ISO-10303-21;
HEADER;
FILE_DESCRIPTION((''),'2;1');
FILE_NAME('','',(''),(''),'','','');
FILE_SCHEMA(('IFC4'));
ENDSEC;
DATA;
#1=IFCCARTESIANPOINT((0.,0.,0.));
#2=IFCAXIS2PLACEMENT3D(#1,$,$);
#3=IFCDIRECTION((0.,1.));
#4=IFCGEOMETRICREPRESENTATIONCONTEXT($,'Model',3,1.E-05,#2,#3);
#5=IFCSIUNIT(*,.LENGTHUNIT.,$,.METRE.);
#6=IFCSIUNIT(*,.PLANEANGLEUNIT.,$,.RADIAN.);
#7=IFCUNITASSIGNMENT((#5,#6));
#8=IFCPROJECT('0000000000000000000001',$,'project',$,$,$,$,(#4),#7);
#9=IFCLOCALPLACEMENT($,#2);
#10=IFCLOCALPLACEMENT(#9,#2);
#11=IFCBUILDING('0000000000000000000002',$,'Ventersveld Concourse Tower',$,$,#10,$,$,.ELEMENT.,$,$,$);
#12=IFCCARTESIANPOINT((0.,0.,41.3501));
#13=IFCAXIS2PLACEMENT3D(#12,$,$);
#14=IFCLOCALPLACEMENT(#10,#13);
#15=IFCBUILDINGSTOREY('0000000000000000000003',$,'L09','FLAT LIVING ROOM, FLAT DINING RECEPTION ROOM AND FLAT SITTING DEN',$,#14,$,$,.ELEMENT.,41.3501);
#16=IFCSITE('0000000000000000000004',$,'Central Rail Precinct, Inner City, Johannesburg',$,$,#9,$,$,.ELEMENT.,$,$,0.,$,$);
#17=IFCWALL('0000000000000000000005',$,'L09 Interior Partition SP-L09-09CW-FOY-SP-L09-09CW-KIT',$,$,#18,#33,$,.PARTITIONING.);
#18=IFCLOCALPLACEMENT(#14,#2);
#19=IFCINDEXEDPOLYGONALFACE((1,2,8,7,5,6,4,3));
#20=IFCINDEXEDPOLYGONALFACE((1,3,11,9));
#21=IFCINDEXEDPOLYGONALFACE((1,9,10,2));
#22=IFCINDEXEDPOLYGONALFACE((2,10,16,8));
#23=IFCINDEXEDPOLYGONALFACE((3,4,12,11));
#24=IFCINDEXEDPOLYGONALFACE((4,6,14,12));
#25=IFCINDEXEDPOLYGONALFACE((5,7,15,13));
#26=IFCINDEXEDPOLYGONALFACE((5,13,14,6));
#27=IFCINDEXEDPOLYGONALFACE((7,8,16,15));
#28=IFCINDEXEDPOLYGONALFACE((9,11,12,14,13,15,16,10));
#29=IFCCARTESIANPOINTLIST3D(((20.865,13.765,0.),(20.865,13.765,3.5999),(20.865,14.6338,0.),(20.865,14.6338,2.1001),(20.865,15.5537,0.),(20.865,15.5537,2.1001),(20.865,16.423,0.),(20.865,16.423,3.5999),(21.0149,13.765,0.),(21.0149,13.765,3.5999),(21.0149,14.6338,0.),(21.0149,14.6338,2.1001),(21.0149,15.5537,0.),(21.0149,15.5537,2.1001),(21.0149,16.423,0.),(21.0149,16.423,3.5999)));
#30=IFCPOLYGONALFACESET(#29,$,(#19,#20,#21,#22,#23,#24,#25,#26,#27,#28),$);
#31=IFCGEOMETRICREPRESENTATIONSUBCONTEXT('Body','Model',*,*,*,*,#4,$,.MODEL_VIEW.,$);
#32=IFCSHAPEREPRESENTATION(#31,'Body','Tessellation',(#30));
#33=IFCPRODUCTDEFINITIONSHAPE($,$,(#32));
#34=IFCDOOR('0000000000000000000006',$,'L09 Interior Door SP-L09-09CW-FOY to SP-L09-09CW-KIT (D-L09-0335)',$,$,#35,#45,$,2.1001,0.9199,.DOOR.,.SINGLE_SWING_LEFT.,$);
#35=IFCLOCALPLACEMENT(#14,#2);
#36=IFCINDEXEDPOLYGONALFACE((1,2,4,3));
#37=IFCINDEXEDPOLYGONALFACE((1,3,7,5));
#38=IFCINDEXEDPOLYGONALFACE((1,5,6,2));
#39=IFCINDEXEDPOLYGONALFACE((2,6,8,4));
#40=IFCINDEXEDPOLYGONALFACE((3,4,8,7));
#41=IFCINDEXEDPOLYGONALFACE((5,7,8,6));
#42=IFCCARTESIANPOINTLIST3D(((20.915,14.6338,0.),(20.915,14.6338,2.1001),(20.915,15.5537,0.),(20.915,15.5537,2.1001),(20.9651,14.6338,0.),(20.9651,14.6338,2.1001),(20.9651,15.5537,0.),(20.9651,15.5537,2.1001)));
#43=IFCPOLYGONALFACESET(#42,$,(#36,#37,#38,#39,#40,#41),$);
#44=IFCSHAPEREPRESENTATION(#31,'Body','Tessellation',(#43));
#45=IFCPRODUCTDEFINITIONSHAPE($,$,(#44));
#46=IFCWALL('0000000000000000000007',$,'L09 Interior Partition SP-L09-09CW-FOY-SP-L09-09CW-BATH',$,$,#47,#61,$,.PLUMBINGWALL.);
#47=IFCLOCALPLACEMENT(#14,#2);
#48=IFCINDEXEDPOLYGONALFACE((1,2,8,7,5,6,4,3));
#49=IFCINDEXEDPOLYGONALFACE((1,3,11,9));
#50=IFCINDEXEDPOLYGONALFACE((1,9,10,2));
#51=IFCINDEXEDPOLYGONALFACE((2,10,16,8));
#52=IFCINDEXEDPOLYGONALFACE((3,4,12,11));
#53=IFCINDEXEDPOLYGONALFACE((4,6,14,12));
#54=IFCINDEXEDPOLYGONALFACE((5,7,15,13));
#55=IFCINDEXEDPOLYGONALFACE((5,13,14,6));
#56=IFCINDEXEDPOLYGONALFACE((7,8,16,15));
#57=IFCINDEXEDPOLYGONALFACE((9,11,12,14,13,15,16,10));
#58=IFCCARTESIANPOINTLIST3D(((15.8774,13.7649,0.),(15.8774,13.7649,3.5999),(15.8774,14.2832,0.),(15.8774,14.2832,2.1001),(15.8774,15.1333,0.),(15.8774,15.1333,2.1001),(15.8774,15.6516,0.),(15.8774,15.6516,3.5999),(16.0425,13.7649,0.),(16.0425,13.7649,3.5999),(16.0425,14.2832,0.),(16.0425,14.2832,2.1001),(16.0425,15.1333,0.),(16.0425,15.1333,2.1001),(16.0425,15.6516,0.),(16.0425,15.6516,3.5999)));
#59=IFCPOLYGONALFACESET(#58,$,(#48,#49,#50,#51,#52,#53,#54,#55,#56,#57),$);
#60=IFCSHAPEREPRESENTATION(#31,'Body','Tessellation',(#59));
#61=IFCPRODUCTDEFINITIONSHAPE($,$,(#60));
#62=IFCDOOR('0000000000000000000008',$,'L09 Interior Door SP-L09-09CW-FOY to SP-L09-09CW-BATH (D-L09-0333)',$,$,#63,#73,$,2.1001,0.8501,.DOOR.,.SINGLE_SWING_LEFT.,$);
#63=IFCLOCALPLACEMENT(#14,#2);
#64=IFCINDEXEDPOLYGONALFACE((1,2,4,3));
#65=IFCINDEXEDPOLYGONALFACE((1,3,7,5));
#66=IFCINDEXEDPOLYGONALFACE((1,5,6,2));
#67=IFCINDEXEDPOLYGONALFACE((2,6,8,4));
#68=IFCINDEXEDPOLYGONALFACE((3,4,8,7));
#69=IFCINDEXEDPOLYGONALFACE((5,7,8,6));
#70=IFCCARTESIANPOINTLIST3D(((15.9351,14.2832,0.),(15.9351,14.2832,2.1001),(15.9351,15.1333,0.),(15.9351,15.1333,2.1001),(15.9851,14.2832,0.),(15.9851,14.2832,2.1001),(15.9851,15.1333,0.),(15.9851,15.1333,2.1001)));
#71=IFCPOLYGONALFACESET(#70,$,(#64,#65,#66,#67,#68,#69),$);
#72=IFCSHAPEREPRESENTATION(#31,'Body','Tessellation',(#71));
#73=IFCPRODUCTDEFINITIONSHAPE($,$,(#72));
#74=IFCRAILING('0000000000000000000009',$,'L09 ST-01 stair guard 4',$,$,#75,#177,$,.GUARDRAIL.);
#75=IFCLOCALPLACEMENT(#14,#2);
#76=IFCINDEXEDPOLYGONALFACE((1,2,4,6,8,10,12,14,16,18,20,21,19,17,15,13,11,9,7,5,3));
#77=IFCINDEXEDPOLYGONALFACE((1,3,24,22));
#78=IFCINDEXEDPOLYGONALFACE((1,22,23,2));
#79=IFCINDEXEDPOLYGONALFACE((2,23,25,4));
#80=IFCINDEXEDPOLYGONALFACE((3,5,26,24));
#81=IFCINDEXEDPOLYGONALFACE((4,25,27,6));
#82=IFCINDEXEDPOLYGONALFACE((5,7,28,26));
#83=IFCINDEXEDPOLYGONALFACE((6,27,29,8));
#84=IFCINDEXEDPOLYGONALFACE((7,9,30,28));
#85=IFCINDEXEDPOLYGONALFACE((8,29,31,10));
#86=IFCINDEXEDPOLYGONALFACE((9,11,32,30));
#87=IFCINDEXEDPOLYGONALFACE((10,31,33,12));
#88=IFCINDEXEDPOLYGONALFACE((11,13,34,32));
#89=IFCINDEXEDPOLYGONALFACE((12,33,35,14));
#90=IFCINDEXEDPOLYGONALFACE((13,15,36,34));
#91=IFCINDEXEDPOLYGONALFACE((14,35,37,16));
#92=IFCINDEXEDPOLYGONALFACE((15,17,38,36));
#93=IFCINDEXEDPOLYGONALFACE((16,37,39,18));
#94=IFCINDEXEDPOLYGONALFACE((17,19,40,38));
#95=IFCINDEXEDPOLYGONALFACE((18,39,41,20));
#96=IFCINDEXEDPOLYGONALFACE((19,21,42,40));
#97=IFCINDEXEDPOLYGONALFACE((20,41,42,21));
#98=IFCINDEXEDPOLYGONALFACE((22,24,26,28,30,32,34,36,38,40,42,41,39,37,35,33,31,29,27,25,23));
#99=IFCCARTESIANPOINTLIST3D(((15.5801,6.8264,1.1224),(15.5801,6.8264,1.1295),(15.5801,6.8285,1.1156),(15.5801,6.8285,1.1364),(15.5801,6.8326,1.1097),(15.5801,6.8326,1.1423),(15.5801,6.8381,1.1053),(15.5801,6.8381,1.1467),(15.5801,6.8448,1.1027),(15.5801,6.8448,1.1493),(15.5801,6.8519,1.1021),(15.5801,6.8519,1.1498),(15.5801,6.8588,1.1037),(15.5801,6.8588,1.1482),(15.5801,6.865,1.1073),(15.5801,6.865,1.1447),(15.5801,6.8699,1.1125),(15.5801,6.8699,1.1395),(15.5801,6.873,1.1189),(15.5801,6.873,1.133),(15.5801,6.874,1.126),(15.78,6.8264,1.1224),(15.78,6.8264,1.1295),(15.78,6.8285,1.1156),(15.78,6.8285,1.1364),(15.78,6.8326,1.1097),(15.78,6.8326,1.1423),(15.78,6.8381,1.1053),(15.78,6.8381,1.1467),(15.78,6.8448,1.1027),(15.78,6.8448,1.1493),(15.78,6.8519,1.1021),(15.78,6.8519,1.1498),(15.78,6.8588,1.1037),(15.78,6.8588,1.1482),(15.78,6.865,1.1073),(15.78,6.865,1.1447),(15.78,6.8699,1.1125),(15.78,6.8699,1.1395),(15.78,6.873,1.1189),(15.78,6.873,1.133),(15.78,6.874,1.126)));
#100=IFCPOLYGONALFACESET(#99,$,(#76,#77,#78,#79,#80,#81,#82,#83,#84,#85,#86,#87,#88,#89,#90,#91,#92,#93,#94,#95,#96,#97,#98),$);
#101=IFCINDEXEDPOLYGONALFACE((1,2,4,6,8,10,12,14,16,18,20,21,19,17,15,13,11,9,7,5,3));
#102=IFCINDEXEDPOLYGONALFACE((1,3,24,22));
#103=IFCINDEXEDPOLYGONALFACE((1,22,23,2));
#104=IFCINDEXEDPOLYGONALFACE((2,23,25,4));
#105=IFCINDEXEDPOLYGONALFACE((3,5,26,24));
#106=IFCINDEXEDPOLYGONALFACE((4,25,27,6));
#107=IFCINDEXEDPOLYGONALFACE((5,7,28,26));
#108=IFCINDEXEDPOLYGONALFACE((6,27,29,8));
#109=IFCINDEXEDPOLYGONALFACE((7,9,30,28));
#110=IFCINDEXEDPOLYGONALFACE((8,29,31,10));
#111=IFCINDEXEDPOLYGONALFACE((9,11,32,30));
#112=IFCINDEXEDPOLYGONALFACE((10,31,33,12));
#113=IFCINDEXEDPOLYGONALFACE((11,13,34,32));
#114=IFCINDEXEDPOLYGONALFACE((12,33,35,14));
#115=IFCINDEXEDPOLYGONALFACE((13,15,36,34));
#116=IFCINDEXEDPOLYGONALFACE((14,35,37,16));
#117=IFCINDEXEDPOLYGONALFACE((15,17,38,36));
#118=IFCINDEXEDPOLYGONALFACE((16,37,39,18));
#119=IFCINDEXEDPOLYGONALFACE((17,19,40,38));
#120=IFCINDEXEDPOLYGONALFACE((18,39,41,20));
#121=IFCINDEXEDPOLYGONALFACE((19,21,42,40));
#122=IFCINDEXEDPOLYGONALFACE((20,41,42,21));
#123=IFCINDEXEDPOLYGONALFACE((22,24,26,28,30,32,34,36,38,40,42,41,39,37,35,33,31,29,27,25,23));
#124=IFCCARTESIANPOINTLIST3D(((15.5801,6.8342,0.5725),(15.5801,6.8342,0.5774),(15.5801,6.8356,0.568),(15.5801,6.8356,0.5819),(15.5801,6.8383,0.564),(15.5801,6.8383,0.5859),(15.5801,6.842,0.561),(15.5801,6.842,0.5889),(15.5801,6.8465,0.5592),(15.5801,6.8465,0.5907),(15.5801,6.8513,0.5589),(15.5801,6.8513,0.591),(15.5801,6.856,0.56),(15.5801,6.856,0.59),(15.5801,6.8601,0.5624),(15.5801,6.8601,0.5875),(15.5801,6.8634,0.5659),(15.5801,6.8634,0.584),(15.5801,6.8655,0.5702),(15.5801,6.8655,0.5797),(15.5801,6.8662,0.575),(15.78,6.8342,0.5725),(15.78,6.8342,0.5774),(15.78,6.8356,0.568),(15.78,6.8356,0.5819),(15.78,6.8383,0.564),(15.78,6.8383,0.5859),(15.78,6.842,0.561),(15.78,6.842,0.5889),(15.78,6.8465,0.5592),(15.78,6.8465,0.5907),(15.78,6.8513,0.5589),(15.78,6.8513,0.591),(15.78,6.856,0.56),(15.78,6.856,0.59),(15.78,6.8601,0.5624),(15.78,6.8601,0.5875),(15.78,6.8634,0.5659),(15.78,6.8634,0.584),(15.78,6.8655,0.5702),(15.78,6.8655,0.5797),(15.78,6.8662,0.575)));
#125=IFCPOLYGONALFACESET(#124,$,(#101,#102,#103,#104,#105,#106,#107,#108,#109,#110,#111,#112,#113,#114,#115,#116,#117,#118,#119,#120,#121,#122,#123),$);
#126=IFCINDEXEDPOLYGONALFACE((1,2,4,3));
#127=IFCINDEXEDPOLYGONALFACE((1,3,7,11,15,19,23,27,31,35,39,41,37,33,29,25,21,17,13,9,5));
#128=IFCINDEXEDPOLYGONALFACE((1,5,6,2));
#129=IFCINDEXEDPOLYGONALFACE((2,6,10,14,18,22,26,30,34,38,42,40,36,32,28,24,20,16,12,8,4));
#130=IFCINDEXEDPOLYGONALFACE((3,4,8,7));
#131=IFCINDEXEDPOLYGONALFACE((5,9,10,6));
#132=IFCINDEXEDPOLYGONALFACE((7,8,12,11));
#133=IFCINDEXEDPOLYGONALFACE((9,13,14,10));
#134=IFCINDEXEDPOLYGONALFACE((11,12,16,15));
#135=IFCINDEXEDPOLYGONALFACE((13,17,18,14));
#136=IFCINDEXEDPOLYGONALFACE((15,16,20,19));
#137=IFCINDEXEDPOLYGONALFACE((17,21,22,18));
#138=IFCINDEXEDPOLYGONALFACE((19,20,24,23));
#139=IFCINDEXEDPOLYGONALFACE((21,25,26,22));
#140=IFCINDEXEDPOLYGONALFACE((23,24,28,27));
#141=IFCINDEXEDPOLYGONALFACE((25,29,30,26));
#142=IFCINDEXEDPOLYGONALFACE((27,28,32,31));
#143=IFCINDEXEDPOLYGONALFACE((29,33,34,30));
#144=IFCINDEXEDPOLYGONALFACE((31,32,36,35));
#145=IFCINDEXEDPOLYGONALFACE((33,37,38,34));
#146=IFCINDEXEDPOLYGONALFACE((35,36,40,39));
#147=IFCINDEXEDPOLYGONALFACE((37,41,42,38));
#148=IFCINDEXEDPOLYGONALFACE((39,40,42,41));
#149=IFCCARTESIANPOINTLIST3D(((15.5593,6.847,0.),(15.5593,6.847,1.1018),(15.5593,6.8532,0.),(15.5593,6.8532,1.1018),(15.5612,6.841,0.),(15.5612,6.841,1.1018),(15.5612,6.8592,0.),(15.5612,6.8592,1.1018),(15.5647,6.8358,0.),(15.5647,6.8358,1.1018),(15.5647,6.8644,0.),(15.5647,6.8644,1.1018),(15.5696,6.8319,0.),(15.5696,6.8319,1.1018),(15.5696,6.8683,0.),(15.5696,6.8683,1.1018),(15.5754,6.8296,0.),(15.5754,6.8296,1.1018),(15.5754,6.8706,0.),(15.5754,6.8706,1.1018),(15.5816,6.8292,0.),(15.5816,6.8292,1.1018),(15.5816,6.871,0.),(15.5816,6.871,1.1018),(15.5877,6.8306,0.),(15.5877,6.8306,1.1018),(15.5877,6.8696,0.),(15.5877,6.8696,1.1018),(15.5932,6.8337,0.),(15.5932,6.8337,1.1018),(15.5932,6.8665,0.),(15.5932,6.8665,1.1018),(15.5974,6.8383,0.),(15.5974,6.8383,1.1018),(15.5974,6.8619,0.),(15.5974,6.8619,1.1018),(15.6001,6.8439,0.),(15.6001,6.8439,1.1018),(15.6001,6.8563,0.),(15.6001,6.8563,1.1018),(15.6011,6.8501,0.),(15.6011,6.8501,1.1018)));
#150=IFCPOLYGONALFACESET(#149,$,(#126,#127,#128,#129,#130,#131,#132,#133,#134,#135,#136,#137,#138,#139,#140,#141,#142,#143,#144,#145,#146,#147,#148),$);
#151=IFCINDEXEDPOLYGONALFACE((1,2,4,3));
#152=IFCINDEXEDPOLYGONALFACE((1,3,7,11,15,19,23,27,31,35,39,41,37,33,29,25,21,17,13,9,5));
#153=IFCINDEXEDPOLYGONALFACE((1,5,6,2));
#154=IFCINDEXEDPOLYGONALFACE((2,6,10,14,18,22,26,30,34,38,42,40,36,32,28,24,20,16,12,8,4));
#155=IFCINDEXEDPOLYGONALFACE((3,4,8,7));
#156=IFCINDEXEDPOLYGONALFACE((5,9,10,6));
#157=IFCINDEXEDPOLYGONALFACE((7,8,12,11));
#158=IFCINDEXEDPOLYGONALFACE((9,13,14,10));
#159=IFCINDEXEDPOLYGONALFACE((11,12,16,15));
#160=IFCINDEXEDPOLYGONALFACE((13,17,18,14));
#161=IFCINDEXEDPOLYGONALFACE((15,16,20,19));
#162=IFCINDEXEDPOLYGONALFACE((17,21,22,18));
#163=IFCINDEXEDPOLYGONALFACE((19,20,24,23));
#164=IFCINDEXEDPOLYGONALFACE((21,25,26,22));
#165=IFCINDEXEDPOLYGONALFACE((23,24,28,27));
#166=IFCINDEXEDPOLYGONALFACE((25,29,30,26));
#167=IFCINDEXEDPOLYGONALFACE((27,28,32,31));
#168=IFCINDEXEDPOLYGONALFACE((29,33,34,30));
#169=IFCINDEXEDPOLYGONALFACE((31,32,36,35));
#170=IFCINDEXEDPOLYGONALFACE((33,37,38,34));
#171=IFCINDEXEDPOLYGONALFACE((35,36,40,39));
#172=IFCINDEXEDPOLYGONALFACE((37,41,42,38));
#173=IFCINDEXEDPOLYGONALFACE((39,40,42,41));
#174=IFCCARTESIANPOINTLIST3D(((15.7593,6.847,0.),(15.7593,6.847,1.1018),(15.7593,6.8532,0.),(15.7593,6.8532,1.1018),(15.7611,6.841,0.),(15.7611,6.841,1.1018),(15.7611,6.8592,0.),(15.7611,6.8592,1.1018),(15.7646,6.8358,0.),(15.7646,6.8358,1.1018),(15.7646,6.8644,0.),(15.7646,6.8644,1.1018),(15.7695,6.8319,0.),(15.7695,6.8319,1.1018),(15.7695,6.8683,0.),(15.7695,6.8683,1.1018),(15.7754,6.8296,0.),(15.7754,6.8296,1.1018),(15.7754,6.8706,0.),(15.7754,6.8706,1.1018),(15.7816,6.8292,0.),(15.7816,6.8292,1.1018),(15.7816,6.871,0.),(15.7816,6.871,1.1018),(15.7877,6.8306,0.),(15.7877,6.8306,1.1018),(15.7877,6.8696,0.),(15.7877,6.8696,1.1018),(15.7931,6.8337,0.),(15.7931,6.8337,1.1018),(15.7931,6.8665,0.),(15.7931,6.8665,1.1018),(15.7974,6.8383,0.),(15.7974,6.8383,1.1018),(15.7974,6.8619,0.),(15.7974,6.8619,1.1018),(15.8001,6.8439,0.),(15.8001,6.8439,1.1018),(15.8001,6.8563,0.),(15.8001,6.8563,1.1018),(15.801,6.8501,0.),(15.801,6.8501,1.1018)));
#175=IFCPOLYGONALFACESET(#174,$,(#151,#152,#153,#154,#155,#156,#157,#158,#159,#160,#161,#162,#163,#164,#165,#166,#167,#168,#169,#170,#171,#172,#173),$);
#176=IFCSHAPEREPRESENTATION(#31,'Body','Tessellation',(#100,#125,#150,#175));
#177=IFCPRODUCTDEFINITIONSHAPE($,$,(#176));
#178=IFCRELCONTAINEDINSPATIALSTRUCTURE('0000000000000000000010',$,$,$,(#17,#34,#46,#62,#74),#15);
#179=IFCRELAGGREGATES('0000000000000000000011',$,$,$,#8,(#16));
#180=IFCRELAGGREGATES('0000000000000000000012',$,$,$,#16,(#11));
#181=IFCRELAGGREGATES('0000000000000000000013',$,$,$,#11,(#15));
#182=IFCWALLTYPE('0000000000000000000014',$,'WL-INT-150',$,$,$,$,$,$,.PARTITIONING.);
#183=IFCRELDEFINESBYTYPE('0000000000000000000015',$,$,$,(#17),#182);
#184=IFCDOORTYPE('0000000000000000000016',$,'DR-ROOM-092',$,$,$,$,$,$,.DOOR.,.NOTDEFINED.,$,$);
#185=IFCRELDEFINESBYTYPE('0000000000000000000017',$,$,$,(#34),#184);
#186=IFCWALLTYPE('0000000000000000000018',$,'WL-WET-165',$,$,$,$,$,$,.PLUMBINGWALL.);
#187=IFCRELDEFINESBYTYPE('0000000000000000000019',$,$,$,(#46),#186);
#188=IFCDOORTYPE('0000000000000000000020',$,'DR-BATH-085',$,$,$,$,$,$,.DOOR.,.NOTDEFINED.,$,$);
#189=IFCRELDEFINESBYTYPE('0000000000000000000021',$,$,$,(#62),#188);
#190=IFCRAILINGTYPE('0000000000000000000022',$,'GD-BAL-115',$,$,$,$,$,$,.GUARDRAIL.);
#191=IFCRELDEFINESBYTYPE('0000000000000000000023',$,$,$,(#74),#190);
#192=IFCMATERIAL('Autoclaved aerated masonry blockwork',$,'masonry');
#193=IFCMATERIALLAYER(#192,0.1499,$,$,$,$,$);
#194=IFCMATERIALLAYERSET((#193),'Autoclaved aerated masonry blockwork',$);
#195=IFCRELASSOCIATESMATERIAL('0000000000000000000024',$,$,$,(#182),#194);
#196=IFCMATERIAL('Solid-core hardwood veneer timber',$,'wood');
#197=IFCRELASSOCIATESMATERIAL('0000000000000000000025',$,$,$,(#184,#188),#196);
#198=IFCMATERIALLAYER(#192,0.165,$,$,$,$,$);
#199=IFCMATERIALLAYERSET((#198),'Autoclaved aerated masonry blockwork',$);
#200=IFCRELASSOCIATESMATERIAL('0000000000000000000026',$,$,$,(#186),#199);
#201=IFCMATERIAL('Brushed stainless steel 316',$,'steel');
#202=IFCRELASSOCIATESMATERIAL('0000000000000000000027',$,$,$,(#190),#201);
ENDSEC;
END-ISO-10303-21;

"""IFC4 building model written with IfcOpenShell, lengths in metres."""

from ifc_helpers import new_model, si_unit, direction, frame, frame_2d, origin, origin_2d, place, context, subcontext, project, spatial, rectangle, circle, extrude, material, layer, layer_set, type_object, element, fill, save


model = new_model("IFC4")

# Units and contexts
model_context = context("Model", 3, precision=1e-05, world=origin(), true_north=direction((0.0, 1.0)))
body_context = subcontext(model_context, "Body", "Model", "MODEL_VIEW")
ifc_project = project(units=[si_unit("LENGTHUNIT", "METRE"), si_unit("PLANEANGLEUNIT", "RADIAN")], contexts=[model_context])

# Site, building, storey
site_placement = place(None, origin())
site = spatial("IfcSite", under=ifc_project, at=site_placement, Name="Central Rail Precinct, Inner City, Johannesburg", CompositionType="ELEMENT", RefElevation=0.0)
building_placement = place(site_placement, origin())
building = spatial("IfcBuilding", under=site, at=building_placement, Name="Ventersveld Concourse Tower", CompositionType="ELEMENT")
storey_placement = place(building_placement, frame((0.0, 0.0, 41.3501)))
storey = spatial("IfcBuildingStorey", under=building, at=storey_placement, Name="L09", Description="FLAT LIVING ROOM, FLAT DINING RECEPTION ROOM AND FLAT SITTING DEN", CompositionType="ELEMENT", Elevation=41.3501)

# Shared definitions
ifc_material_1 = material(Name="Solid-core hardwood veneer timber", Category="wood")

# Shared definitions
ifc_material_2 = material(Name="Brushed stainless steel 316", Category="steel")

# Walls, openings, doors
ifc_material_3 = material(Name="Autoclaved aerated masonry blockwork", Category="masonry")
ifc_layer_1 = layer(ifc_material_3, 0.1499)
ifc_layer_set_1 = layer_set([ifc_layer_1], Name="Autoclaved aerated masonry blockwork")
wall_type_1 = type_object("IfcWallType", Name="WL-INT-150", PredefinedType="PARTITIONING", material=ifc_layer_set_1)
wall_1_placement = place(storey_placement, frame((20.9399, 13.7649, 0.0), z_axis=(0.0, 0.0, 1.0), x_axis=(0.0, 1.0, 0.0)))
wall_1 = element("IfcWall", 1, at=wall_1_placement, inside=storey, type_object=wall_type_1, Name="L09 Interior Partition SP-L09-09CW-FOY-SP-L09-09CW-KIT", PredefinedType="PARTITIONING", context=body_context, shape_type="SweptSolid", body=[
    extrude(rectangle(XDim=2.658, YDim=0.1499, at=frame_2d((1.3291, 0.0))), origin(), (0.0, 0.0, 1.0), 3.5999),
])
opening_1_placement = place(wall_1_placement, frame((0.8689, 0.0, 0.0)))
opening_1 = element("IfcOpeningElement", 2, at=opening_1_placement, cuts=wall_1, PredefinedType="OPENING", context=body_context, shape_type="SweptSolid", body=[
    extrude(rectangle(XDim=0.9199, YDim=2.1001, at=frame_2d((0.46, 1.05))), frame((0.0, 0.085, 0.0), z_axis=(0.0, -1.0, 0.0), x_axis=(1.0, 0.0, 0.0)), (0.0, 0.0, 1.0), 0.1699),
])
door_type_1 = type_object("IfcDoorType", Name="DR-ROOM-092", OperationType="NOTDEFINED", PredefinedType="DOOR", material=ifc_material_1)
door_1_placement = place(opening_1_placement, origin())
door_1 = element("IfcDoor", 3, at=door_1_placement, inside=storey, type_object=door_type_1, Name="L09 Interior Door SP-L09-09CW-FOY to SP-L09-09CW-KIT (D-L09-0335)", OperationType="SINGLE_SWING_LEFT", OverallHeight=2.1001, OverallWidth=0.9199, PredefinedType="DOOR", context=body_context, shape_type="SweptSolid", body=[
    extrude(rectangle(XDim=0.9199, YDim=2.1001, at=frame_2d((0.46, 1.05))), frame((0.0, 0.0249, 0.0), z_axis=(0.0, -1.0, 0.0), x_axis=(1.0, 0.0, 0.0)), (0.0, 0.0, 1.0), 0.05),
])
fill(opening_1, door_1)
ifc_layer_2 = layer(ifc_material_3, 0.165)
ifc_layer_set_2 = layer_set([ifc_layer_2], Name="Autoclaved aerated masonry blockwork")
wall_type_2 = type_object("IfcWallType", Name="WL-WET-165", PredefinedType="PLUMBINGWALL", material=ifc_layer_set_2)
wall_2_placement = place(storey_placement, frame((15.96, 13.7649, 0.0), z_axis=(0.0, 0.0, 1.0), x_axis=(0.0, 1.0, 0.0)))
wall_2 = element("IfcWall", 4, at=wall_2_placement, inside=storey, type_object=wall_type_2, Name="L09 Interior Partition SP-L09-09CW-FOY-SP-L09-09CW-BATH", PredefinedType="PLUMBINGWALL", context=body_context, shape_type="SweptSolid", body=[
    extrude(rectangle(XDim=1.8867, YDim=0.165, at=frame_2d((0.9434, 0.0))), origin(), (0.0, 0.0, 1.0), 3.5999),
])
opening_2_placement = place(wall_2_placement, frame((0.5183, 0.0, 0.0)))
opening_2 = element("IfcOpeningElement", 5, at=opening_2_placement, cuts=wall_2, PredefinedType="OPENING", context=body_context, shape_type="SweptSolid", body=[
    extrude(rectangle(XDim=0.8501, YDim=2.1001, at=frame_2d((0.425, 1.05))), frame((0.0, 0.0925, 0.0), z_axis=(0.0, -1.0, 0.0), x_axis=(1.0, 0.0, 0.0)), (0.0, 0.0, 1.0), 0.1851),
])
door_type_2 = type_object("IfcDoorType", Name="DR-BATH-085", OperationType="NOTDEFINED", PredefinedType="DOOR", material=ifc_material_1)
door_2_placement = place(opening_2_placement, origin())
door_2 = element("IfcDoor", 6, at=door_2_placement, inside=storey, type_object=door_type_2, Name="L09 Interior Door SP-L09-09CW-FOY to SP-L09-09CW-BATH (D-L09-0333)", OperationType="SINGLE_SWING_LEFT", OverallHeight=2.1001, OverallWidth=0.8501, PredefinedType="DOOR", context=body_context, shape_type="SweptSolid", body=[
    extrude(rectangle(XDim=0.8501, YDim=2.1001, at=frame_2d((0.425, 1.05))), frame((0.0, 0.0249, 0.0), z_axis=(0.0, -1.0, 0.0), x_axis=(1.0, 0.0, 0.0)), (0.0, 0.0, 1.0), 0.05),
])
fill(opening_2, door_2)

# Railing
railing_type = type_object("IfcRailingType", Name="GD-BAL-115", PredefinedType="GUARDRAIL", material=ifc_material_2)
railing_placement = place(storey_placement, frame((15.5801, 6.8501, 0.0)))
element("IfcRailing", 7, at=railing_placement, inside=storey, type_object=railing_type, Name="L09 ST-01 stair guard 4", PredefinedType="GUARDRAIL", context=body_context, shape_type="SweptSolid", body=[
    extrude(circle(Radius=0.0239, at=origin_2d()), frame((0.0, 0.0, 1.126), z_axis=(1.0, 0.0, 0.0), x_axis=(0.0, 1.0, 0.0)), (0.0, 0.0, 1.0), 0.2),
    extrude(circle(Radius=0.0161, at=origin_2d()), frame((0.0, 0.0, 0.575), z_axis=(1.0, 0.0, 0.0), x_axis=(0.0, 1.0, 0.0)), (0.0, 0.0, 1.0), 0.2),
    extrude(circle(Radius=0.021, at=origin_2d()), origin(), (0.0, 0.0, 1.0), 1.1018),
    extrude(circle(Radius=0.021, at=origin_2d()), frame((0.2, 0.0, 0.0)), (0.0, 0.0, 1.0), 1.1018),
])

save(model, "model.ifc")
